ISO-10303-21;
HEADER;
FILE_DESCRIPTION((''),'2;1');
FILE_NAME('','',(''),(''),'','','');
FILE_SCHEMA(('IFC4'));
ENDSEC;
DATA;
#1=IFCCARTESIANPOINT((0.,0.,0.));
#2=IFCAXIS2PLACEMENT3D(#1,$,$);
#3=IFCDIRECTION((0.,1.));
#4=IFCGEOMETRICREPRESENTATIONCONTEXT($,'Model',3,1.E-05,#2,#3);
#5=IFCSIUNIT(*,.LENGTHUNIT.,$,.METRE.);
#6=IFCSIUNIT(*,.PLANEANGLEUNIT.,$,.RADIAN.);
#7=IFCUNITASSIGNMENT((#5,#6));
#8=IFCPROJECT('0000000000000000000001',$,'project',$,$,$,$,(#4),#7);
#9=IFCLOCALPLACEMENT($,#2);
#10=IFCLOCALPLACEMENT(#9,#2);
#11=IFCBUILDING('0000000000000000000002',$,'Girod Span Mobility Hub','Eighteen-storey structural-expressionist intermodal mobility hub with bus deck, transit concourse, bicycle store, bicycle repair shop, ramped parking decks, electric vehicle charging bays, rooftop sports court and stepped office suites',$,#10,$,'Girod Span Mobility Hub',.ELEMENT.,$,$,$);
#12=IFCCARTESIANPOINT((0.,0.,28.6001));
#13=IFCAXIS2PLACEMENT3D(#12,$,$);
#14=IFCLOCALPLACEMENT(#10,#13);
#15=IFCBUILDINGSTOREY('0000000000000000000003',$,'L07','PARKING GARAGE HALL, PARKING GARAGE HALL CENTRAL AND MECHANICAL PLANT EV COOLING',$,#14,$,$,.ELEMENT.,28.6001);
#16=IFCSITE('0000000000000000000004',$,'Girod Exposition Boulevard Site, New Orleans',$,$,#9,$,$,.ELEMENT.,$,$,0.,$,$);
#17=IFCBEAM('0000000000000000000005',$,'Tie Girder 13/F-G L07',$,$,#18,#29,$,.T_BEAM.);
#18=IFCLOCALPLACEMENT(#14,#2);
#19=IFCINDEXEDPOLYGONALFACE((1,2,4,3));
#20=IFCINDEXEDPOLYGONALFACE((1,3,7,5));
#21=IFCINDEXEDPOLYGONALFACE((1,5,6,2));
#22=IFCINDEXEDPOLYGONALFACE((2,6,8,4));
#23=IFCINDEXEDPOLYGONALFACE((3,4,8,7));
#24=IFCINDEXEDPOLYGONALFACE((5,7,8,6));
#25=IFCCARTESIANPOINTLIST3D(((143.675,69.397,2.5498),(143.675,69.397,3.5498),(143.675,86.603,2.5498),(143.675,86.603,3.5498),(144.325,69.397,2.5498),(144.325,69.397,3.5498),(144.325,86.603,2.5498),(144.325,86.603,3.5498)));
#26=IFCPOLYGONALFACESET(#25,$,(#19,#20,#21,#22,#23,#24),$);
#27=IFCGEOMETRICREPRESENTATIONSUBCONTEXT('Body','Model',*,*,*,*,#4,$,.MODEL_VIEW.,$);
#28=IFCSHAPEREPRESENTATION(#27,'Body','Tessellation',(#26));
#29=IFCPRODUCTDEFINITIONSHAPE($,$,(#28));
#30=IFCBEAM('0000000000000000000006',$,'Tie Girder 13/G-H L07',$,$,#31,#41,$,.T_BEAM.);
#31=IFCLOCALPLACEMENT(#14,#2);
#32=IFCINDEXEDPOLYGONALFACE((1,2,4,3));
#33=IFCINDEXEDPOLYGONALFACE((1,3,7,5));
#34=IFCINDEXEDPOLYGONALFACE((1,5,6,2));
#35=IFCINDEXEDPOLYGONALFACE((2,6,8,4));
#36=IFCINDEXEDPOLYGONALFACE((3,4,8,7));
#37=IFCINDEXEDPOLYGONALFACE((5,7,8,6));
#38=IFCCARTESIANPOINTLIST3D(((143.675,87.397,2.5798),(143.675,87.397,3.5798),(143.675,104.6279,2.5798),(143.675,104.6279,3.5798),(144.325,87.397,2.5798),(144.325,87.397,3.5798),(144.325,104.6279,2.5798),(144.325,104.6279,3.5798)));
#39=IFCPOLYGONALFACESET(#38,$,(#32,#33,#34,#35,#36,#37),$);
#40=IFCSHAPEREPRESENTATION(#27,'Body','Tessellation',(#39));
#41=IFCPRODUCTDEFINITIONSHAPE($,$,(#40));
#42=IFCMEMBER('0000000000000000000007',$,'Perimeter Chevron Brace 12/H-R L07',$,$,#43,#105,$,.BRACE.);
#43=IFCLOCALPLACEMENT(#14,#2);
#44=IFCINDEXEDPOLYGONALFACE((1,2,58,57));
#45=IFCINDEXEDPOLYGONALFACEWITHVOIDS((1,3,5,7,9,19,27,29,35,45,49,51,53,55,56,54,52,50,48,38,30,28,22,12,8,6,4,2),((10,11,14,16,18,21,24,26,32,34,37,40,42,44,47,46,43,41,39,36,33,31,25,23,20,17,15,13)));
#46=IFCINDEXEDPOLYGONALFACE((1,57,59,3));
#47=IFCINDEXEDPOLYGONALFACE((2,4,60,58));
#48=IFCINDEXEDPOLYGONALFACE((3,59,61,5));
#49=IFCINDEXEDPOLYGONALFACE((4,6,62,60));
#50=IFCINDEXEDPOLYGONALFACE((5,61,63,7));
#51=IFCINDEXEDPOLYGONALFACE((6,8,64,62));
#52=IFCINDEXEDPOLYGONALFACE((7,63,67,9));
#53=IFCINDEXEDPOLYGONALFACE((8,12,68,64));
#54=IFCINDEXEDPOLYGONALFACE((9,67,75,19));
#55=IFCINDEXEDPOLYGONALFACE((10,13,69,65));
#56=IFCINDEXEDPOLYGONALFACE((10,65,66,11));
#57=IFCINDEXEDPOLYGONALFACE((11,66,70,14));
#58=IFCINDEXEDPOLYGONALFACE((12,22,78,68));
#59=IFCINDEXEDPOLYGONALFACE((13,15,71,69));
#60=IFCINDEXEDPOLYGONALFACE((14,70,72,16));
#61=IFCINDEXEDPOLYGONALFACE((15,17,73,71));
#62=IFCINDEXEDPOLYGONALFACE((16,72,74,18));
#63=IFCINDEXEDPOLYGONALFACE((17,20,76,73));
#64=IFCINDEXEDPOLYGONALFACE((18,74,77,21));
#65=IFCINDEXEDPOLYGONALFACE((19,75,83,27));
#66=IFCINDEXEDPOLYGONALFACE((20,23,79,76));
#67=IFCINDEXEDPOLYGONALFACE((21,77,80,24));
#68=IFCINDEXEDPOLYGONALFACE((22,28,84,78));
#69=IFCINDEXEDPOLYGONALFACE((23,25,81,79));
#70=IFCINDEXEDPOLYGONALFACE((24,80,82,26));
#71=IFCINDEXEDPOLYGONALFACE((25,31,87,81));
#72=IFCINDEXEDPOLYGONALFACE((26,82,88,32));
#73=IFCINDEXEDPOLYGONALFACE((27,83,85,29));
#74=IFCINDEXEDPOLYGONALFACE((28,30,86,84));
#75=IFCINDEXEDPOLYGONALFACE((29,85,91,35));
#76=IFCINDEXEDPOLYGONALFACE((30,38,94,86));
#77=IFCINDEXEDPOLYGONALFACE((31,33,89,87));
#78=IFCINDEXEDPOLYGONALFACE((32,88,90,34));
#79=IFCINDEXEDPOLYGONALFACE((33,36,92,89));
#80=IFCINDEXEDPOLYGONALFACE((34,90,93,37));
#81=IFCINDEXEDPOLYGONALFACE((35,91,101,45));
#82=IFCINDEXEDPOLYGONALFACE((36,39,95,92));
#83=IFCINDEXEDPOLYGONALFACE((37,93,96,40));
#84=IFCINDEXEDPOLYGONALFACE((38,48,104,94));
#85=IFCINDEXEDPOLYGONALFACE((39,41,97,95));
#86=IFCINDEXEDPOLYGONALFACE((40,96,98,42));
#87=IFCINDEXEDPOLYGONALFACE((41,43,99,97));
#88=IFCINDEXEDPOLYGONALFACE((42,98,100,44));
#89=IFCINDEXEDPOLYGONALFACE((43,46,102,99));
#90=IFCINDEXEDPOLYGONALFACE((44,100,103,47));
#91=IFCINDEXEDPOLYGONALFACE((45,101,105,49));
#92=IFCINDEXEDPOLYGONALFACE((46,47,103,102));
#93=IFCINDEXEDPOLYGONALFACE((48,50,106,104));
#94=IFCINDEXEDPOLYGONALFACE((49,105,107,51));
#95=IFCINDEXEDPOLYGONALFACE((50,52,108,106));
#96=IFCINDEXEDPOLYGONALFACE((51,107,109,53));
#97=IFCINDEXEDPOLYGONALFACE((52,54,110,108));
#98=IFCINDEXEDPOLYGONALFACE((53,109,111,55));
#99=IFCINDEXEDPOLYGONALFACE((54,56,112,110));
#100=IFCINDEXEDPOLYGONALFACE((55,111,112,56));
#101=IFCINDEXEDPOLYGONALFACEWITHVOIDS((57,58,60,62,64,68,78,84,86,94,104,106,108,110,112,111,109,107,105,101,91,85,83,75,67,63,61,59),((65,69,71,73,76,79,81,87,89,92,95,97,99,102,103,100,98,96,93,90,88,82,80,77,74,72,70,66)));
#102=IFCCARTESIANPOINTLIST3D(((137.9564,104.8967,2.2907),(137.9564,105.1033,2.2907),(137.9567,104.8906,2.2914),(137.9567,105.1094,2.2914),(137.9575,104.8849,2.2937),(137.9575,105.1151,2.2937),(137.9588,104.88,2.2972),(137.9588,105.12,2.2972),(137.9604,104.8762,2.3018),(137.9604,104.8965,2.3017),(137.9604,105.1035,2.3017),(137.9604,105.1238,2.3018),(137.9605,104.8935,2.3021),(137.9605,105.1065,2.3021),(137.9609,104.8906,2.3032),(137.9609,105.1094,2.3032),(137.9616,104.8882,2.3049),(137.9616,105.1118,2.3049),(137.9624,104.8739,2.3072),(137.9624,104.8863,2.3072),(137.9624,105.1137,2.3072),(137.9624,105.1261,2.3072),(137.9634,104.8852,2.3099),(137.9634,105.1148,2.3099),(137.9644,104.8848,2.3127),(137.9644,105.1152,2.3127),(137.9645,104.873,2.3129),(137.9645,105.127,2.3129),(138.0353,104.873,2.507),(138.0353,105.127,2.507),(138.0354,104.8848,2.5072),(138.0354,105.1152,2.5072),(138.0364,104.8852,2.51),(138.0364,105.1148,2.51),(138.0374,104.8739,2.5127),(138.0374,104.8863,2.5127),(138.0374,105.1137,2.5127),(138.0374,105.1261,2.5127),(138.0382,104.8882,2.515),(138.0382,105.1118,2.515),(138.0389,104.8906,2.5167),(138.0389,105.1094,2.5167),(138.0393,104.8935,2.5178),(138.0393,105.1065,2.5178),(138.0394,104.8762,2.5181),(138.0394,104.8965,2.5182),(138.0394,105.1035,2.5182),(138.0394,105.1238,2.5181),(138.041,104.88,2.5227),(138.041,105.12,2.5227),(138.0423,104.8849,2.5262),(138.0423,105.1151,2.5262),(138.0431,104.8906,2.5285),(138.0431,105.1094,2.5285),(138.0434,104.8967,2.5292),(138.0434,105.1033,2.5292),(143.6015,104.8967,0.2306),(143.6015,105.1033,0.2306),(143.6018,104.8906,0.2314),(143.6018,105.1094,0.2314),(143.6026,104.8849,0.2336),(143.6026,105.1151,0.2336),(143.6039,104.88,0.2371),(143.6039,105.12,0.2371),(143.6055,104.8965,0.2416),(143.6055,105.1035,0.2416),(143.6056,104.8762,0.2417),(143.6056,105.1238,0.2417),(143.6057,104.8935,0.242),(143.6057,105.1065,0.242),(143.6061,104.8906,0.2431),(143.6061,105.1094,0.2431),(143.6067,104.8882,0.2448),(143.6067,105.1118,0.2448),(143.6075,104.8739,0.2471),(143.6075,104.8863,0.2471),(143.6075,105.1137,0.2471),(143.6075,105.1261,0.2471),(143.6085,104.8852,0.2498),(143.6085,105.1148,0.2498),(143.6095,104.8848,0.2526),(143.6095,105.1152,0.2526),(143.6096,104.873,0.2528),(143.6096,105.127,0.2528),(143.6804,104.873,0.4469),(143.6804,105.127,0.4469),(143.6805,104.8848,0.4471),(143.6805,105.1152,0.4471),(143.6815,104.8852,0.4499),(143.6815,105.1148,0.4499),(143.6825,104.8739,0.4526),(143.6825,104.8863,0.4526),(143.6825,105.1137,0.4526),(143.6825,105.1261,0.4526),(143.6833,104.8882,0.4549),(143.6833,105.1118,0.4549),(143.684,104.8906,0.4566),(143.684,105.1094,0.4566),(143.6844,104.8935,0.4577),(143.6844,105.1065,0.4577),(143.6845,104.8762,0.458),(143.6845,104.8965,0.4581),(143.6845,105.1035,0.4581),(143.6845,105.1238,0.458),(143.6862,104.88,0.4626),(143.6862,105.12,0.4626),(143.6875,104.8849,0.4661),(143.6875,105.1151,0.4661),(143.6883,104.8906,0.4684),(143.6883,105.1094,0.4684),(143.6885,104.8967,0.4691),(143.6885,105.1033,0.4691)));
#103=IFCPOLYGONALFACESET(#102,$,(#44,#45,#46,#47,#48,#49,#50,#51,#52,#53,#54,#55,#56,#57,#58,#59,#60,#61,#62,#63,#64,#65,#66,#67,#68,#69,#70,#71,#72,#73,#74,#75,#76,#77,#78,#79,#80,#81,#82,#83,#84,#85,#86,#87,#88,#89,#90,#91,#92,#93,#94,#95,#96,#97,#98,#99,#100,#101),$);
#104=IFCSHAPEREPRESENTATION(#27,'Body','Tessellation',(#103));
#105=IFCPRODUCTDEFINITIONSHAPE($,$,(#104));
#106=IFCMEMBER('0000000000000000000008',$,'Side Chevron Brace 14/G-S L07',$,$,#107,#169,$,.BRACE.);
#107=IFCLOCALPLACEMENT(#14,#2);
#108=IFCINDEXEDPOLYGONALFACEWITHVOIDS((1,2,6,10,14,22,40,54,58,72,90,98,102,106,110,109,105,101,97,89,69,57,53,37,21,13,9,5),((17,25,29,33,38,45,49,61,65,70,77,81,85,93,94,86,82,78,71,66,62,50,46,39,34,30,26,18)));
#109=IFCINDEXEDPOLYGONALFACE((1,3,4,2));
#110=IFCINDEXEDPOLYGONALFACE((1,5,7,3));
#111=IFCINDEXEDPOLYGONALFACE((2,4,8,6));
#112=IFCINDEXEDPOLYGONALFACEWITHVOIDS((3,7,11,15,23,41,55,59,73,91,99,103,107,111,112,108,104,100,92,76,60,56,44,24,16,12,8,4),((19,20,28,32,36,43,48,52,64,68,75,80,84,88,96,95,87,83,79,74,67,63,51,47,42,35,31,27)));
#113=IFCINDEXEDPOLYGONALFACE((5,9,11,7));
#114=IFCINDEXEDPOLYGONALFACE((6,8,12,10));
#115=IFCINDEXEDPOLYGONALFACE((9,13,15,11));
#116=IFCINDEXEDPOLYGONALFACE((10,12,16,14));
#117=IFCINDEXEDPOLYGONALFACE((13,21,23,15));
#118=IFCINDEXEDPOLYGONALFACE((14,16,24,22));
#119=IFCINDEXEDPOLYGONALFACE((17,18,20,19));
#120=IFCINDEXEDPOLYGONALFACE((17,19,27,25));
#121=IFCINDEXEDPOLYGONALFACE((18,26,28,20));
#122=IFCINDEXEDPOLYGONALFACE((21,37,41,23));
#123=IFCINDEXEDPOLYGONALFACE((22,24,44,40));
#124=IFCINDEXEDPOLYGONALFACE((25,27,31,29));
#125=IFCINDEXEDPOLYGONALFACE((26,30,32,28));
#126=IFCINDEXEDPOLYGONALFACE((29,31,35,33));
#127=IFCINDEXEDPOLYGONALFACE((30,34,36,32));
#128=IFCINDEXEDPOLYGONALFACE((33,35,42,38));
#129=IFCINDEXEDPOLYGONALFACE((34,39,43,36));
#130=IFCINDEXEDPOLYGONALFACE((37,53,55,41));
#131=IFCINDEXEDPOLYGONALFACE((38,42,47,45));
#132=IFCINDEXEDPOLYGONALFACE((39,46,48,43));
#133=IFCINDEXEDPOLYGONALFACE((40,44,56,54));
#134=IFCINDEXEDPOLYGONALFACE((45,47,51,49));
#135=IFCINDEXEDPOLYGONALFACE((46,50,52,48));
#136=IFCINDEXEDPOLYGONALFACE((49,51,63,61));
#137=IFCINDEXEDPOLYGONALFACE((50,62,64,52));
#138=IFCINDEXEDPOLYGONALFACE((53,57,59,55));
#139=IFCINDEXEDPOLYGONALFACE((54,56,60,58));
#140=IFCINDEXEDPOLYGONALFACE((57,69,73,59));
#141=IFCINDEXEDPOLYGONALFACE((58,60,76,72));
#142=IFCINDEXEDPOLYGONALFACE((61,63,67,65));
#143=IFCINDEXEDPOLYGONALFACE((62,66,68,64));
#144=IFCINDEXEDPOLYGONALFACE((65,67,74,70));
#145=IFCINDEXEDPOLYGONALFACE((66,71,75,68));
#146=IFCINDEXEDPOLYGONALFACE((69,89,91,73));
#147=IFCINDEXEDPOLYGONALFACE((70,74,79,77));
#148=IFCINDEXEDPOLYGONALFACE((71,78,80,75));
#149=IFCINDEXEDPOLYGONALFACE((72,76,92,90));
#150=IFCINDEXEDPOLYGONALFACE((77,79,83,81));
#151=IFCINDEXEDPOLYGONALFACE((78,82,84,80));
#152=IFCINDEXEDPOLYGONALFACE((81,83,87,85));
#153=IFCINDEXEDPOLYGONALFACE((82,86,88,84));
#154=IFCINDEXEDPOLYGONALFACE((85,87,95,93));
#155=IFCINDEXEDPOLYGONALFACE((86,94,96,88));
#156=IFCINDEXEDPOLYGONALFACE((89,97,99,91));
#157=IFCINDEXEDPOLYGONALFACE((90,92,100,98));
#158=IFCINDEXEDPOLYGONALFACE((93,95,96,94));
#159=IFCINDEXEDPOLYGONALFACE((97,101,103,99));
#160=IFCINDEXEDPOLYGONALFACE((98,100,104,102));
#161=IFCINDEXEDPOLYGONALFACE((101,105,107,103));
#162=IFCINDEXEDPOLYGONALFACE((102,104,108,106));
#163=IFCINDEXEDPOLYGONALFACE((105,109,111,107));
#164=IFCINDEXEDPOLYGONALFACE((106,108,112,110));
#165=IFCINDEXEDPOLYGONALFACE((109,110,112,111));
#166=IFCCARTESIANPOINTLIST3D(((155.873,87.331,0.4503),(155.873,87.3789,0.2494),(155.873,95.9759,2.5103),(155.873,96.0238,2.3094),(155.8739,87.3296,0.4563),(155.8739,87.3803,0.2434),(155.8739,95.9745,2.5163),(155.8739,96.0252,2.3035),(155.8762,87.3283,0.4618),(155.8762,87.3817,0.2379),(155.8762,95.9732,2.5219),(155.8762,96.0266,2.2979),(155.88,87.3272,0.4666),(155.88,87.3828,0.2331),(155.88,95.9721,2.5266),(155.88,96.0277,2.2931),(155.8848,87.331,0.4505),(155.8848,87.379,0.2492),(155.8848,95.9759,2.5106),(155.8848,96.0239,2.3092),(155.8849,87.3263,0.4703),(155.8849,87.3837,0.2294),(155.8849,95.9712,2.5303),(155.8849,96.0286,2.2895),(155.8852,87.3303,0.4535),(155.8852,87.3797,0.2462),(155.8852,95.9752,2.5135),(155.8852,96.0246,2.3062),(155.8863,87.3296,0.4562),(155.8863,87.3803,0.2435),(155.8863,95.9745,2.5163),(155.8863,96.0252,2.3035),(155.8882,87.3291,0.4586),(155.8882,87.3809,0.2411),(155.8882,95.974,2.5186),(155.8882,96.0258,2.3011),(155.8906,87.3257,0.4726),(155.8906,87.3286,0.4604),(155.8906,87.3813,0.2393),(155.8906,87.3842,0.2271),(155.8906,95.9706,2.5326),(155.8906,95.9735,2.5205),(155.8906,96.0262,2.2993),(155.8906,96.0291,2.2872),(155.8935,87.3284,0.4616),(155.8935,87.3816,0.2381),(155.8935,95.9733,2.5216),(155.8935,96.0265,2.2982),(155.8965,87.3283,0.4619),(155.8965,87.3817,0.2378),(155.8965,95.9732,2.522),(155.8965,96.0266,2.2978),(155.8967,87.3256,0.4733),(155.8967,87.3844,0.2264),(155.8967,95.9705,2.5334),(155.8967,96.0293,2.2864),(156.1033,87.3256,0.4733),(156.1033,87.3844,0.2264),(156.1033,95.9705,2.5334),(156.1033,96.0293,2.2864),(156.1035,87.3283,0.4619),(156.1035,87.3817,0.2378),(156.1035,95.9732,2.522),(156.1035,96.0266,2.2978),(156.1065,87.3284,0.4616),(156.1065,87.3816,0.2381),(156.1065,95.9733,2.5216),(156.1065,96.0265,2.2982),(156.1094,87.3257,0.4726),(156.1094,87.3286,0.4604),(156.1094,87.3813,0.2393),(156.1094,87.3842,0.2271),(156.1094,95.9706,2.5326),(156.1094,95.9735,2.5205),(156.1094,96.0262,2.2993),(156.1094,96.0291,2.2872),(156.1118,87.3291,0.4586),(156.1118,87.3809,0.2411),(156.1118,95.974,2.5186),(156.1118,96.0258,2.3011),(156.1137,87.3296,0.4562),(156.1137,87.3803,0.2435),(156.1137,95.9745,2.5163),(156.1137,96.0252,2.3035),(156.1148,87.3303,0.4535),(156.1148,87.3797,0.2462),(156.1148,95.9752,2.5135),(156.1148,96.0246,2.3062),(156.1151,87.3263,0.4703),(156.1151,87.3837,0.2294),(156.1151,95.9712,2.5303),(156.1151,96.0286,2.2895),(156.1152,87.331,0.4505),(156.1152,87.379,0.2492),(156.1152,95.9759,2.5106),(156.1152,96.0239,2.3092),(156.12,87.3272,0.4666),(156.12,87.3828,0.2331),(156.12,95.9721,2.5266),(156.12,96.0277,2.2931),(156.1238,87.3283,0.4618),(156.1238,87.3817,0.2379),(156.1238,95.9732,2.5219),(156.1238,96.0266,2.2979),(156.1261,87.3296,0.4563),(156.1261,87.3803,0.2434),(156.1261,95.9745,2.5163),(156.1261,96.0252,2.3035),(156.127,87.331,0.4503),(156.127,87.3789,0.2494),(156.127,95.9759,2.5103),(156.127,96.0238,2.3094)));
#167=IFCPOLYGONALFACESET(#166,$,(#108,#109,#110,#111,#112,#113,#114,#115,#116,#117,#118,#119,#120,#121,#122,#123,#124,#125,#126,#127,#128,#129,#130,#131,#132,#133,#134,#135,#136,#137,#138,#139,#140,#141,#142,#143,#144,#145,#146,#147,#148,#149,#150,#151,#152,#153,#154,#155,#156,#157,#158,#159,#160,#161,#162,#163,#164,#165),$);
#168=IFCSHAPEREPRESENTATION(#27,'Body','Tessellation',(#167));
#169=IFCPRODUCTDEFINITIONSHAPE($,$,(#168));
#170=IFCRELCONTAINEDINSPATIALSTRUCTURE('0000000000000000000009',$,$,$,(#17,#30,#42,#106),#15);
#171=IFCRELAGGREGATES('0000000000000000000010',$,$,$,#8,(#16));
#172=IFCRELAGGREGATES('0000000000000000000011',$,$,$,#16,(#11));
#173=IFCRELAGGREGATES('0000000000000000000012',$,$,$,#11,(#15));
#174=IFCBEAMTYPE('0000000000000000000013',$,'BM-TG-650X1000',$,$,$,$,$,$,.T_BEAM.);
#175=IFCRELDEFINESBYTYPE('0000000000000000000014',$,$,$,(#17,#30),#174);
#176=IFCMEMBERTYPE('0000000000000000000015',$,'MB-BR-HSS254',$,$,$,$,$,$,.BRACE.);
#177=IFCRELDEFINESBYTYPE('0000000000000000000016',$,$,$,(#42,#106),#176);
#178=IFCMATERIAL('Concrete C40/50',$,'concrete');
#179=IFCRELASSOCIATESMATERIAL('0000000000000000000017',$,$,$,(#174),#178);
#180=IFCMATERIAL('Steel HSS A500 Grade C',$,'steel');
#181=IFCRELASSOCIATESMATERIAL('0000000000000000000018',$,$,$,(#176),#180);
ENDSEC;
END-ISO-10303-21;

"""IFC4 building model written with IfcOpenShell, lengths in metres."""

from ifc_helpers import new_model, si_unit, direction, frame, origin, origin_2d, place, context, subcontext, project, spatial, rectangle, hollow_rectangle, extrude, material, material_profile, profile_set, type_object, element, save


model = new_model("IFC4")

# Units and contexts
model_context = context("Model", 3, precision=1e-05, world=origin(), true_north=direction((0.0, 1.0)))
body_context = subcontext(model_context, "Body", "Model", "MODEL_VIEW")
ifc_project = project(units=[si_unit("LENGTHUNIT", "METRE"), si_unit("PLANEANGLEUNIT", "RADIAN")], contexts=[model_context])

# Site, building, storey
site_placement = place(None, origin())
site = spatial("IfcSite", under=ifc_project, at=site_placement, Name="Girod Exposition Boulevard Site, New Orleans", CompositionType="ELEMENT", RefElevation=0.0)
building_placement = place(site_placement, origin())
building = spatial("IfcBuilding", under=site, at=building_placement, Name="Girod Span Mobility Hub", Description="Eighteen-storey structural-expressionist intermodal mobility hub with bus deck, transit concourse, bicycle store, bicycle repair shop, ramped parking decks, electric vehicle charging bays, rooftop sports court and stepped office suites", LongName="Girod Span Mobility Hub", CompositionType="ELEMENT")
storey_placement = place(building_placement, frame((0.0, 0.0, 28.6001)))
storey = spatial("IfcBuildingStorey", under=building, at=storey_placement, Name="L07", Description="PARKING GARAGE HALL, PARKING GARAGE HALL CENTRAL AND MECHANICAL PLANT EV COOLING", CompositionType="ELEMENT", Elevation=28.6001)

# Beams
ifc_material_1 = material(Name="Concrete C40/50", Category="concrete")
ifc_material_profile_1 = material_profile(ifc_material_1, rectangle(XDim=0.6499, YDim=1.0, at=origin_2d()), Name="TG-650X1000")
ifc_profile_set_1 = profile_set([ifc_material_profile_1], Name="Concrete C40/50")
beam_type_1 = type_object("IfcBeamType", Name="BM-TG-650X1000", PredefinedType="T_BEAM", material=ifc_profile_set_1)
beam_1_placement = place(storey_placement, frame((144.0, 69.397, 3.0498), z_axis=(0.0, 1.0, 0.0), x_axis=(-1.0, 0.0, 0.0)))
element("IfcBeam", 1, at=beam_1_placement, inside=storey, type_object=beam_type_1, Name="Tie Girder 13/F-G L07", PredefinedType="T_BEAM", context=body_context, shape_type="SweptSolid", body=[
    extrude(rectangle(XDim=0.6499, YDim=1.0, at=origin_2d()), origin(), (0.0, 0.0, 1.0), 17.2061),
])
beam_2_placement = place(storey_placement, frame((144.0, 87.397, 3.0798), z_axis=(0.0, 1.0, 0.0), x_axis=(-1.0, 0.0, 0.0)))
element("IfcBeam", 2, at=beam_2_placement, inside=storey, type_object=beam_type_1, Name="Tie Girder 13/G-H L07", PredefinedType="T_BEAM", context=body_context, shape_type="SweptSolid", body=[
    extrude(rectangle(XDim=0.6499, YDim=1.0, at=origin_2d()), origin(), (0.0, 0.0, 1.0), 17.231),
])

# Members
ifc_material_2 = material(Name="Steel HSS A500 Grade C", Category="steel")
ifc_material_profile_2 = material_profile(ifc_material_2, hollow_rectangle(XDim=0.2539, YDim=0.2539, WallThickness=0.0117, InnerFilletRadius=0.0117, OuterFilletRadius=0.0237, at=origin_2d()), Name="HSS254X254X12.7")
ifc_profile_set_2 = profile_set([ifc_material_profile_2], Name="Steel HSS A500 Grade C")
member_type = type_object("IfcMemberType", Name="MB-BR-HSS254", PredefinedType="BRACE", material=ifc_profile_set_2)
member_placement = place(storey_placement, frame((143.645, 105.0, 0.3499), z_axis=(-0.939401, 0.0, 0.342819), x_axis=(0.0, -1.0, 0.0)))
element("IfcMember", 3, at=member_placement, inside=storey, type_object=member_type, Name="Perimeter Chevron Brace 12/H-R L07", PredefinedType="BRACE", context=body_context, shape_type="SweptSolid", body=[
    extrude(hollow_rectangle(XDim=0.2539, YDim=0.2539, WallThickness=0.0117, InnerFilletRadius=0.0117, OuterFilletRadius=0.0237, at=origin_2d()), origin(), (0.0, 0.0, 1.0), 6.0093),
])
for number, where, z_axis, x_axis, name in (
    (4, (156.0, 87.355, 0.3499), (0.0, 0.972763, 0.231804), (-1.0, 0.0, 0.0), "Side Chevron Brace 14/G-S L07"),
):
    element("IfcMember", number, at=place(storey_placement, frame(where, z_axis=z_axis, x_axis=x_axis)), inside=storey, type_object=member_type, Name=name, PredefinedType="BRACE", context=body_context, shape_type="SweptSolid", body=[
        extrude(hollow_rectangle(XDim=0.2539, YDim=0.2539, WallThickness=0.0117, InnerFilletRadius=0.0117, OuterFilletRadius=0.0237, at=origin_2d()), origin(), (0.0, 0.0, 1.0), 8.887),
    ])

save(model, "model.ifc")
